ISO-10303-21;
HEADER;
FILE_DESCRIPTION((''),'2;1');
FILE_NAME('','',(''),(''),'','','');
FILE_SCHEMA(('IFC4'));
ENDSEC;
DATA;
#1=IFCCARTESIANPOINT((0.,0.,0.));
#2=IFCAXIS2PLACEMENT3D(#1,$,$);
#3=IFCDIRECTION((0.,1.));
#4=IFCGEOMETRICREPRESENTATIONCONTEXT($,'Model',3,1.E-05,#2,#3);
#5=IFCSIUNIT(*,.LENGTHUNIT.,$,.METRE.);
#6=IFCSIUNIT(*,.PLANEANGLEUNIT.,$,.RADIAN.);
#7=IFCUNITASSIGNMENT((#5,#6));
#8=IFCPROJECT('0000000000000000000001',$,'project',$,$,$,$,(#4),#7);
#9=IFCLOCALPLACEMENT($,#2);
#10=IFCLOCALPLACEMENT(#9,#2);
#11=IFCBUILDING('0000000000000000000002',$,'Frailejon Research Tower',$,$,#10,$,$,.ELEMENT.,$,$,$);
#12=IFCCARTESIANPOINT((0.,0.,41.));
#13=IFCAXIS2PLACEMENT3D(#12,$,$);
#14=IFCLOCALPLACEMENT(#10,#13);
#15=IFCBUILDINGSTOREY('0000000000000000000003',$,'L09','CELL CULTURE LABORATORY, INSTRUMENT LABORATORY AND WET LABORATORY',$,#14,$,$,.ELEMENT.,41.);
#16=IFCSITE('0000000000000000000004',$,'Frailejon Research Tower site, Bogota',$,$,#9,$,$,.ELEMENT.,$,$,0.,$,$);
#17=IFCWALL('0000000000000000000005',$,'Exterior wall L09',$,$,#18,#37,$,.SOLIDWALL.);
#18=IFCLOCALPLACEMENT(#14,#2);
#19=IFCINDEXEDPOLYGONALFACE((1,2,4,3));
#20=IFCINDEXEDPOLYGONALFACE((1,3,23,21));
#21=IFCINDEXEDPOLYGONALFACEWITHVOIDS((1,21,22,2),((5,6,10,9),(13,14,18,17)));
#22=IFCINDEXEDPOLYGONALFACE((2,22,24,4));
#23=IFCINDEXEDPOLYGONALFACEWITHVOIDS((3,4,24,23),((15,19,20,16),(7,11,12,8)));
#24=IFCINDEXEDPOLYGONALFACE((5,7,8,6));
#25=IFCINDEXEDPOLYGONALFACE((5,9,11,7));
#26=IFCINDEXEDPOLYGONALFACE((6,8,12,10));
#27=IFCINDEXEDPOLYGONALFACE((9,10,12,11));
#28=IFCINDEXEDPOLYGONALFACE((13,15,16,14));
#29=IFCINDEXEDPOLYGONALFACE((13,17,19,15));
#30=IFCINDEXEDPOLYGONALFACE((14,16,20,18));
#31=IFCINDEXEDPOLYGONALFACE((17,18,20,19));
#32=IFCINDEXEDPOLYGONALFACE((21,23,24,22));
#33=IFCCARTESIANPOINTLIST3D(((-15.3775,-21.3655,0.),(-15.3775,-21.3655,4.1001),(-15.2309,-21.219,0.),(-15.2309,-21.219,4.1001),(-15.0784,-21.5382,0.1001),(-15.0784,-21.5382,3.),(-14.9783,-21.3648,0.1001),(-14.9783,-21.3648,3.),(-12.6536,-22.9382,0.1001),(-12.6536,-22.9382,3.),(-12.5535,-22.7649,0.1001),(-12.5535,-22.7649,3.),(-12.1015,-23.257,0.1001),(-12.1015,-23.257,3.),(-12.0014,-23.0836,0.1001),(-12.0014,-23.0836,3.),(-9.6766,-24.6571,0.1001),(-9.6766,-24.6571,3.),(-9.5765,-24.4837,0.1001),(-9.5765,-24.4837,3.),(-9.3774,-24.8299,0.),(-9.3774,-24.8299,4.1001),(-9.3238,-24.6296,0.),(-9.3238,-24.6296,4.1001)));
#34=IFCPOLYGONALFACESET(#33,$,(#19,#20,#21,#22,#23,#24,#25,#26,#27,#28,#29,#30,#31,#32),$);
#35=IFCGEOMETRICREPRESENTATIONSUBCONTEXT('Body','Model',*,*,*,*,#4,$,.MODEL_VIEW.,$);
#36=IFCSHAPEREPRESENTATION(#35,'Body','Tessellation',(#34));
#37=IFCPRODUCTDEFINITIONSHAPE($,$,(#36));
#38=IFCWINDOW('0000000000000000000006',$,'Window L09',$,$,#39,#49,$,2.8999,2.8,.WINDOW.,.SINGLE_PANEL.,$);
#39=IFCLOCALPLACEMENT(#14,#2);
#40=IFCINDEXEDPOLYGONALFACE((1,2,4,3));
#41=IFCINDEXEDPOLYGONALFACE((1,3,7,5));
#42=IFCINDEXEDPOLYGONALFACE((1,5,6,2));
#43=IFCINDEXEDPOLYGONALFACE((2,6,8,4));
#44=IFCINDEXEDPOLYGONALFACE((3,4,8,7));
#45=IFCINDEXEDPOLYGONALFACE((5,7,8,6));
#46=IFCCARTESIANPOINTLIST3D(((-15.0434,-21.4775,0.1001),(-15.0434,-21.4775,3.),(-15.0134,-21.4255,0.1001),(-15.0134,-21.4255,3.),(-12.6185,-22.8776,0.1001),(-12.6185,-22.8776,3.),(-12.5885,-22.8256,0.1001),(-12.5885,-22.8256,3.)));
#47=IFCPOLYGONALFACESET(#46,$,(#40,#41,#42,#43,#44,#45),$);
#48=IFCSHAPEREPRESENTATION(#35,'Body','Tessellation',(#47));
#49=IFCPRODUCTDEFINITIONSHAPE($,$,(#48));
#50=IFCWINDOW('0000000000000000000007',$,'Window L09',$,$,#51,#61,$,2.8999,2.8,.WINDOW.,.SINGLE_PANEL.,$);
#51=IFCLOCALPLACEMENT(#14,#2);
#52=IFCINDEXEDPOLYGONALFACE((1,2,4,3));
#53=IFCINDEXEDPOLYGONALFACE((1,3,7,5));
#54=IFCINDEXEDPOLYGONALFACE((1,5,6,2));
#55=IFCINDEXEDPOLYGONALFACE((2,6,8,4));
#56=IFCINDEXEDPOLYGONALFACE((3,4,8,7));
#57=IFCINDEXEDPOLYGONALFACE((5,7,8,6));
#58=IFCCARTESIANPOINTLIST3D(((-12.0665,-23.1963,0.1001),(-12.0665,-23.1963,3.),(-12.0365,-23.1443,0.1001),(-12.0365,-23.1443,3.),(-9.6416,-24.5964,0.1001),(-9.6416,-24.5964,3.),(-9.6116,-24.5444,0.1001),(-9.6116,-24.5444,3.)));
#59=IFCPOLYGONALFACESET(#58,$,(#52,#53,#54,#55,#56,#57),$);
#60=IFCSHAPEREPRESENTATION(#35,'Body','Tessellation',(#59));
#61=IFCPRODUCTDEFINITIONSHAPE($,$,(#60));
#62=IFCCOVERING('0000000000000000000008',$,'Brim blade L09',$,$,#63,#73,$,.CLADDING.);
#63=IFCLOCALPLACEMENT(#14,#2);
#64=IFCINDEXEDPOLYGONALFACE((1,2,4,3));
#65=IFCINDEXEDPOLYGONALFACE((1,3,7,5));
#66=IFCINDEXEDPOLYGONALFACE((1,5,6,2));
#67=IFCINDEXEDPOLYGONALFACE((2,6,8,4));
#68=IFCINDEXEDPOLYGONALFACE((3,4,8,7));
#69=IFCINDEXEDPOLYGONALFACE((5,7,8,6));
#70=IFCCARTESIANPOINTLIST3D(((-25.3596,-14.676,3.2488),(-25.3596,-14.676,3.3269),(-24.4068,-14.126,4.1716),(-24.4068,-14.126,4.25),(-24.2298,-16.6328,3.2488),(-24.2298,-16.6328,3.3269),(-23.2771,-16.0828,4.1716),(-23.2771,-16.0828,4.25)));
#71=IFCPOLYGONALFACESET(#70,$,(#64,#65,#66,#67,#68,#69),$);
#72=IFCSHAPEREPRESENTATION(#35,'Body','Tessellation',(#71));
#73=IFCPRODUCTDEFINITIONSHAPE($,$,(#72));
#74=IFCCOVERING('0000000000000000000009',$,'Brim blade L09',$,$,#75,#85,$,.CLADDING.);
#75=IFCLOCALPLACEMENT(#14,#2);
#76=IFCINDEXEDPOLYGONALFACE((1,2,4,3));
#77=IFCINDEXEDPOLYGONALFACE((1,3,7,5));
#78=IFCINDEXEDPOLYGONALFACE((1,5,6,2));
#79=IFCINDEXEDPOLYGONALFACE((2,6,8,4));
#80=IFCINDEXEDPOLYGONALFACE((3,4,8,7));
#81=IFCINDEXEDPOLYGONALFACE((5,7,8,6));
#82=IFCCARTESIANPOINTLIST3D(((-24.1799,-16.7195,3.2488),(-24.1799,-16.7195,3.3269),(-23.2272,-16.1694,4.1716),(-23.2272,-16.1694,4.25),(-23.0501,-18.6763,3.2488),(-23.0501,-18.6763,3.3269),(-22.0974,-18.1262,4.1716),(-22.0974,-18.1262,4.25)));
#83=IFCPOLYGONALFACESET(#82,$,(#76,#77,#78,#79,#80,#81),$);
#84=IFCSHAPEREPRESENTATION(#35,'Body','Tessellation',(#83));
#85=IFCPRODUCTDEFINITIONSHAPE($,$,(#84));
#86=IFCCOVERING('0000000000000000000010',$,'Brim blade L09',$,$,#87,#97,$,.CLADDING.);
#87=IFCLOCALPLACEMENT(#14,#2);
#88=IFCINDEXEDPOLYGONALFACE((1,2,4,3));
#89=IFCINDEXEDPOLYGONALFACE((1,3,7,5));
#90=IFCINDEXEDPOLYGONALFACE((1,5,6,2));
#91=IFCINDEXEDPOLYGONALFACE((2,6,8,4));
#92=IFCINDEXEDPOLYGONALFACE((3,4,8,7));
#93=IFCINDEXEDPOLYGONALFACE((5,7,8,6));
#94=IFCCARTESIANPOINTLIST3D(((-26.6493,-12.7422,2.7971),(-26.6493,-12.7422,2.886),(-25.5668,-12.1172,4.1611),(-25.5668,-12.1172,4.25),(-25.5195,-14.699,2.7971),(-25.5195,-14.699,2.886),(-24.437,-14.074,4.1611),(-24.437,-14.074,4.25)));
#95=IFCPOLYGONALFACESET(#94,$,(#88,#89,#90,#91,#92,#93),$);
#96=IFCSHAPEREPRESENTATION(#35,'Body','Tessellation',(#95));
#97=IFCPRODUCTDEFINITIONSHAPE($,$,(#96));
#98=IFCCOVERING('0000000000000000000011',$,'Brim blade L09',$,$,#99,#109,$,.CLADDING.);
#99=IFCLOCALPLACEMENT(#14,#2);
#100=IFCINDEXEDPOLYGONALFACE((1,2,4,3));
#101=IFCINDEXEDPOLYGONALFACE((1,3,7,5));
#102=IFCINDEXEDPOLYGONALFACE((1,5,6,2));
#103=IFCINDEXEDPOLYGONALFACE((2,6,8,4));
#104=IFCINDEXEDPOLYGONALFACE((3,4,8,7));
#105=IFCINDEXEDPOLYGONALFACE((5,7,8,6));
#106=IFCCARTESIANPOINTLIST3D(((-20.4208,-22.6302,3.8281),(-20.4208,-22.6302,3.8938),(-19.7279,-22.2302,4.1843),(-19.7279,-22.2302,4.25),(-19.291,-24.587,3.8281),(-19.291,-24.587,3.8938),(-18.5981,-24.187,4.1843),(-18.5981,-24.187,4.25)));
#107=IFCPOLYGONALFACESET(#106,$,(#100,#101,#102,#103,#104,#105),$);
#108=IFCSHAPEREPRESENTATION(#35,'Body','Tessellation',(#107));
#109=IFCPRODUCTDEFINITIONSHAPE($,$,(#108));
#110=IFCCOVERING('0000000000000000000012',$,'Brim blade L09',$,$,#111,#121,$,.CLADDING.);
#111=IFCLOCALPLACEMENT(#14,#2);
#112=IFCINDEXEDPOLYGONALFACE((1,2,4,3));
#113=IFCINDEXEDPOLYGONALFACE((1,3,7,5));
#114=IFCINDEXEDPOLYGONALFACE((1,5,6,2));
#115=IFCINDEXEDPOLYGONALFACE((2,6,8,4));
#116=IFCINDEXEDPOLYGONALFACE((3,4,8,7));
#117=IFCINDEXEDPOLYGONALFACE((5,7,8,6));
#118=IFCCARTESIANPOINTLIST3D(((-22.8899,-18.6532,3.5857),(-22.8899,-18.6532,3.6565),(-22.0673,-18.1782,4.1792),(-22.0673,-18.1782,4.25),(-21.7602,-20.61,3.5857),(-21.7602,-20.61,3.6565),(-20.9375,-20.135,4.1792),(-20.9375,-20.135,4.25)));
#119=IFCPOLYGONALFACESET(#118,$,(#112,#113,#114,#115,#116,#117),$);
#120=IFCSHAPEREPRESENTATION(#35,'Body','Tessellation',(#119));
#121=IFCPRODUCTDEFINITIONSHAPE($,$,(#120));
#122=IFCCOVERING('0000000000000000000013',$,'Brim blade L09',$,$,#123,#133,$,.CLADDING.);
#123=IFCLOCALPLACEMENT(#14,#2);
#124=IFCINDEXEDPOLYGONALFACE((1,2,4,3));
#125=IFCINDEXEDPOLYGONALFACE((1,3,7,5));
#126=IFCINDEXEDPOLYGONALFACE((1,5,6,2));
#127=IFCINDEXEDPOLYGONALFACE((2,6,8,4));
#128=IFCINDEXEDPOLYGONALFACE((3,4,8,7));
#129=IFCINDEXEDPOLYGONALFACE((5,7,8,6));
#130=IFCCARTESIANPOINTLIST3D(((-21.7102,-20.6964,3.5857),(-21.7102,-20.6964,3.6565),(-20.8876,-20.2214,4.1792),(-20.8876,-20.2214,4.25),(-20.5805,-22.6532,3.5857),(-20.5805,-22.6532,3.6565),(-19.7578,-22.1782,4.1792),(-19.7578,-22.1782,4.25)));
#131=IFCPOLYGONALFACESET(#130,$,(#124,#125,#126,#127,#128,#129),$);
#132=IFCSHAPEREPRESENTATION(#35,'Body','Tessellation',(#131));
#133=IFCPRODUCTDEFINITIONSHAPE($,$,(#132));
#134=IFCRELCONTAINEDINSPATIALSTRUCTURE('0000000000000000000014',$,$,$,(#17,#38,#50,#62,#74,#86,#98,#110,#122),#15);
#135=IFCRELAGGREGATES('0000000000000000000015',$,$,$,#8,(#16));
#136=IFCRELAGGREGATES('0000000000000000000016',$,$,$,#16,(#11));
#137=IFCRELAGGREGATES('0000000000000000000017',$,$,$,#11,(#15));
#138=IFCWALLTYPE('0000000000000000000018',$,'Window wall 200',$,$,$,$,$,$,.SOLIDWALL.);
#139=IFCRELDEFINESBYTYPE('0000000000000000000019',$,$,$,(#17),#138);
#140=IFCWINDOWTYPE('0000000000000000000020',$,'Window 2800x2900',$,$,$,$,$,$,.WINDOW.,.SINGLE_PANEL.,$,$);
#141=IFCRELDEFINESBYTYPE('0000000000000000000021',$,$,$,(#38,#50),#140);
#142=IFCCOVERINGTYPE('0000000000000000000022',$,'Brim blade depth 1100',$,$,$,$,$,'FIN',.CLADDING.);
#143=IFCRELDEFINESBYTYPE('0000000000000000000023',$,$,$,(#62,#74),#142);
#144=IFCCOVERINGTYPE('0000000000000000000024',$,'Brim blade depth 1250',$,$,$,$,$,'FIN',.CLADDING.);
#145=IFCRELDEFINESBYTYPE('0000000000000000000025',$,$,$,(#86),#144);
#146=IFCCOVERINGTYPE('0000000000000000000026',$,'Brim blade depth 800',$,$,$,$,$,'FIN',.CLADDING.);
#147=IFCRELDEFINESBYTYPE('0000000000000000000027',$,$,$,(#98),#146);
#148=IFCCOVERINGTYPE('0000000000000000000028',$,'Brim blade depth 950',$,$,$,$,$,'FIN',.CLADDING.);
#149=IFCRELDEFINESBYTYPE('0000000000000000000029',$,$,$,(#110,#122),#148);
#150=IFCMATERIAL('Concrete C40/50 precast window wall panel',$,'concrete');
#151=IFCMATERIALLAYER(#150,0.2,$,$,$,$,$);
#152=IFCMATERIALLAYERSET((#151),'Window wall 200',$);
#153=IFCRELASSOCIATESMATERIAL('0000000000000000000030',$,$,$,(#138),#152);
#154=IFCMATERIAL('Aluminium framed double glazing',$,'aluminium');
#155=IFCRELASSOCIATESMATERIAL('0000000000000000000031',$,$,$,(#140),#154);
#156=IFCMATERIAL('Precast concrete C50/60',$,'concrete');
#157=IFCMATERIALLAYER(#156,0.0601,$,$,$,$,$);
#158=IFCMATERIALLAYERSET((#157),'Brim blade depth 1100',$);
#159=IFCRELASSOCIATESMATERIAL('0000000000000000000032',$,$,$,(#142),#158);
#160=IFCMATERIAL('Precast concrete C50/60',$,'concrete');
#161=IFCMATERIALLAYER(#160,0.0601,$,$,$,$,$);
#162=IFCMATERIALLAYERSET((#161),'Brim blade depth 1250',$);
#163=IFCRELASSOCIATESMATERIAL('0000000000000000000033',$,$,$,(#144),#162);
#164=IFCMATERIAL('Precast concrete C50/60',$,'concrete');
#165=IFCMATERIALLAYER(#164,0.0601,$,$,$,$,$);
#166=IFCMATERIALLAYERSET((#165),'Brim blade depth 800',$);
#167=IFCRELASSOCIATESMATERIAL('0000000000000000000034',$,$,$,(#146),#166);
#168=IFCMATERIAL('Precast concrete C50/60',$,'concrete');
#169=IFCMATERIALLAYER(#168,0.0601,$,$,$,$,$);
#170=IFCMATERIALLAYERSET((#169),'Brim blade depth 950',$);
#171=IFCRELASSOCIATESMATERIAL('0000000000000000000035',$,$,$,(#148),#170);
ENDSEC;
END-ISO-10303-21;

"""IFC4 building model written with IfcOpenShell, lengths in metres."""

from ifc_helpers import new_model, si_unit, direction, frame, frame_2d, origin, place, context, subcontext, project, spatial, polyline, rectangle, outline, extrude, material, layer, layer_set, type_object, element, fill, save


model = new_model("IFC4")

# Units and contexts
model_context = context("Model", 3, precision=1e-05, world=origin(), true_north=direction((0.0, 1.0)))
body_context = subcontext(model_context, "Body", "Model", "MODEL_VIEW")
ifc_project = project(units=[si_unit("LENGTHUNIT", "METRE"), si_unit("PLANEANGLEUNIT", "RADIAN")], contexts=[model_context])

# Site, building, storey
site_placement = place(None, origin())
site = spatial("IfcSite", under=ifc_project, at=site_placement, Name="Frailejon Research Tower site, Bogota", CompositionType="ELEMENT", RefElevation=0.0)
building_placement = place(site_placement, origin())
building = spatial("IfcBuilding", under=site, at=building_placement, Name="Frailejon Research Tower", CompositionType="ELEMENT")
storey_placement = place(building_placement, frame((0.0, 0.0, 41.0)))
storey = spatial("IfcBuildingStorey", under=building, at=storey_placement, Name="L09", Description="CELL CULTURE LABORATORY, INSTRUMENT LABORATORY AND WET LABORATORY", CompositionType="ELEMENT", Elevation=41.0)

# Wall, openings, windows
ifc_material_1 = material(Name="Concrete C40/50 precast window wall panel", Category="concrete")
ifc_layer_1 = layer(ifc_material_1, 0.2)
ifc_layer_set_1 = layer_set([ifc_layer_1], Name="Window wall 200")
wall_type_1 = type_object("IfcWallType", Name="Window wall 200", PredefinedType="SOLIDWALL", material=ifc_layer_set_1)
wall_1_placement = place(storey_placement, frame((-15.3042, -21.2922, 0.0), z_axis=(0.0, 0.0, 1.0), x_axis=(0.866014, -0.50002, 0.0)))
wall_1 = element("IfcWall", 1, at=wall_1_placement, inside=storey, type_object=wall_type_1, Name="Exterior wall L09", PredefinedType="SOLIDWALL", context=body_context, shape_type="SweptSolid", body=[
    extrude(outline(polyline([(-0.0269, -0.1001), (1.1279, -0.1001), (2.2827, -0.1001), (3.4375, -0.1001), (4.592, -0.1001), (5.7468, -0.1001), (6.9016, -0.1001), (6.8479, 0.1001), (5.7109, 0.1001), (4.5742, 0.1001), (3.4375, 0.1001), (2.3005, 0.1001), (1.1636, 0.1001), (0.0269, 0.1001), (-0.0269, -0.1001)])), origin(), (0.0, 0.0, 1.0), 4.1001),
])
opening_1_placement = place(wall_1_placement, frame((0.3186, 0.0, 0.1001)))
opening_1 = element("IfcOpeningElement", 2, at=opening_1_placement, cuts=wall_1, PredefinedType="OPENING", context=body_context, shape_type="SweptSolid", body=[
    extrude(rectangle(XDim=2.8, YDim=2.8999, at=frame_2d((1.3999, 1.45))), frame((0.0, 0.1099, 0.0), z_axis=(0.0, -1.0, 0.0), x_axis=(1.0, 0.0, 0.0)), (0.0, 0.0, 1.0), 0.22),
])
opening_2_placement = place(wall_1_placement, frame((3.7561, 0.0, 0.1001)))
opening_2 = element("IfcOpeningElement", 3, at=opening_2_placement, cuts=wall_1, PredefinedType="OPENING", context=body_context, shape_type="SweptSolid", body=[
    extrude(rectangle(XDim=2.8, YDim=2.8999, at=frame_2d((1.3999, 1.45))), frame((0.0, 0.1099, 0.0), z_axis=(0.0, -1.0, 0.0), x_axis=(1.0, 0.0, 0.0)), (0.0, 0.0, 1.0), 0.22),
])
ifc_material_2 = material(Name="Aluminium framed double glazing", Category="aluminium")
window_type = type_object("IfcWindowType", Name="Window 2800x2900", PartitioningType="SINGLE_PANEL", PredefinedType="WINDOW", material=ifc_material_2)
window_1_placement = place(opening_1_placement, origin())
window_1 = element("IfcWindow", 4, at=window_1_placement, inside=storey, type_object=window_type, Name="Window L09", OverallHeight=2.8999, OverallWidth=2.8, PartitioningType="SINGLE_PANEL", PredefinedType="WINDOW", context=body_context, shape_type="SweptSolid", body=[
    extrude(rectangle(XDim=2.8, YDim=2.8999, at=frame_2d((1.3999, 1.45))), frame((0.0, 0.03, 0.0), z_axis=(0.0, -1.0, 0.0), x_axis=(1.0, 0.0, 0.0)), (0.0, 0.0, 1.0), 0.0601),
])
fill(opening_1, window_1)
window_2_placement = place(opening_2_placement, origin())
window_2 = element("IfcWindow", 5, at=window_2_placement, inside=storey, type_object=window_type, Name="Window L09", OverallHeight=2.8999, OverallWidth=2.8, PartitioningType="SINGLE_PANEL", PredefinedType="WINDOW", context=body_context, shape_type="SweptSolid", body=[
    extrude(rectangle(XDim=2.8, YDim=2.8999, at=frame_2d((1.3999, 1.45))), frame((0.0, 0.03, 0.0), z_axis=(0.0, -1.0, 0.0), x_axis=(1.0, 0.0, 0.0)), (0.0, 0.0, 1.0), 0.0601),
])
fill(opening_2, window_2)

# Coverings
ifc_material_3 = material(Name="Precast concrete C50/60", Category="concrete")
ifc_layer_2 = layer(ifc_material_3, 0.0601)
ifc_layer_set_2 = layer_set([ifc_layer_2], Name="Brim blade depth 1100")
covering_type_1 = type_object("IfcCoveringType", Name="Brim blade depth 1100", ElementType="FIN", PredefinedType="CLADDING", material=ifc_layer_set_2)
for number, where, z_axis, x_axis, name in (
    (6, (-23.2771, -16.0828, 4.25), (-0.499994, 0.866029, 0.0), (-0.866029, -0.499994, 0.0), "Brim blade L09"),
    (7, (-22.0974, -18.1262, 4.25), (-0.500003, 0.866024, 0.0), (-0.866024, -0.500003, 0.0), "Brim blade L09"),
):
    element("IfcCovering", number, at=place(storey_placement, frame(where, z_axis=z_axis, x_axis=x_axis)), inside=storey, type_object=covering_type_1, Name=name, PredefinedType="CLADDING", context=body_context, shape_type="SweptSolid", body=[
        extrude(outline(polyline([(0.0, -0.0784), (1.1001, -1.0012), (1.1001, -0.9231), (0.0, 0.0), (0.0, -0.0784)])), origin(), (0.0, 0.0, 1.0), 2.2595),
    ])
ifc_material_4 = material(Name="Precast concrete C50/60", Category="concrete")
ifc_layer_3 = layer(ifc_material_4, 0.0601)
ifc_layer_set_3 = layer_set([ifc_layer_3], Name="Brim blade depth 1250")
covering_type_2 = type_object("IfcCoveringType", Name="Brim blade depth 1250", ElementType="FIN", PredefinedType="CLADDING", material=ifc_layer_set_3)
covering_1_placement = place(storey_placement, frame((-24.437, -14.074, 4.25), z_axis=(-0.499994, 0.866029, 0.0), x_axis=(-0.866029, -0.499994, 0.0)))
element("IfcCovering", 8, at=covering_1_placement, inside=storey, type_object=covering_type_2, Name="Brim blade L09", PredefinedType="CLADDING", context=body_context, shape_type="SweptSolid", body=[
    extrude(outline(polyline([(0.0, -0.0889), (1.25, -1.4529), (1.25, -1.364), (0.0, 0.0), (0.0, -0.0889)])), origin(), (0.0, 0.0, 1.0), 2.2595),
])
ifc_material_5 = material(Name="Precast concrete C50/60", Category="concrete")
ifc_layer_4 = layer(ifc_material_5, 0.0601)
ifc_layer_set_4 = layer_set([ifc_layer_4], Name="Brim blade depth 800")
covering_type_3 = type_object("IfcCoveringType", Name="Brim blade depth 800", ElementType="FIN", PredefinedType="CLADDING", material=ifc_layer_set_4)
covering_2_placement = place(storey_placement, frame((-18.5981, -24.187, 4.25), z_axis=(-0.499994, 0.866029, 0.0), x_axis=(-0.866029, -0.499994, 0.0)))
element("IfcCovering", 9, at=covering_2_placement, inside=storey, type_object=covering_type_3, Name="Brim blade L09", PredefinedType="CLADDING", context=body_context, shape_type="SweptSolid", body=[
    extrude(outline(polyline([(0.0, -0.0657), (0.8, -0.4219), (0.8, -0.3562), (0.0, 0.0), (0.0, -0.0657)])), origin(), (0.0, 0.0, 1.0), 2.2595),
])
ifc_material_6 = material(Name="Precast concrete C50/60", Category="concrete")
ifc_layer_5 = layer(ifc_material_6, 0.0601)
ifc_layer_set_5 = layer_set([ifc_layer_5], Name="Brim blade depth 950")
covering_type_4 = type_object("IfcCoveringType", Name="Brim blade depth 950", ElementType="FIN", PredefinedType="CLADDING", material=ifc_layer_set_5)
for number, where, z_axis, x_axis, name in (
    (10, (-20.9375, -20.135, 4.25), (-0.500003, 0.866024, 0.0), (-0.866024, -0.500003, 0.0), "Brim blade L09"),
    (11, (-19.7578, -22.1782, 4.25), (-0.499994, 0.866029, 0.0), (-0.866029, -0.499994, 0.0), "Brim blade L09"),
):
    element("IfcCovering", number, at=place(storey_placement, frame(where, z_axis=z_axis, x_axis=x_axis)), inside=storey, type_object=covering_type_4, Name=name, PredefinedType="CLADDING", context=body_context, shape_type="SweptSolid", body=[
        extrude(outline(polyline([(0.0, -0.0708), (0.95, -0.6643), (0.95, -0.5935), (0.0, 0.0), (0.0, -0.0708)])), origin(), (0.0, 0.0, 1.0), 2.2595),
    ])

save(model, "model.ifc")
